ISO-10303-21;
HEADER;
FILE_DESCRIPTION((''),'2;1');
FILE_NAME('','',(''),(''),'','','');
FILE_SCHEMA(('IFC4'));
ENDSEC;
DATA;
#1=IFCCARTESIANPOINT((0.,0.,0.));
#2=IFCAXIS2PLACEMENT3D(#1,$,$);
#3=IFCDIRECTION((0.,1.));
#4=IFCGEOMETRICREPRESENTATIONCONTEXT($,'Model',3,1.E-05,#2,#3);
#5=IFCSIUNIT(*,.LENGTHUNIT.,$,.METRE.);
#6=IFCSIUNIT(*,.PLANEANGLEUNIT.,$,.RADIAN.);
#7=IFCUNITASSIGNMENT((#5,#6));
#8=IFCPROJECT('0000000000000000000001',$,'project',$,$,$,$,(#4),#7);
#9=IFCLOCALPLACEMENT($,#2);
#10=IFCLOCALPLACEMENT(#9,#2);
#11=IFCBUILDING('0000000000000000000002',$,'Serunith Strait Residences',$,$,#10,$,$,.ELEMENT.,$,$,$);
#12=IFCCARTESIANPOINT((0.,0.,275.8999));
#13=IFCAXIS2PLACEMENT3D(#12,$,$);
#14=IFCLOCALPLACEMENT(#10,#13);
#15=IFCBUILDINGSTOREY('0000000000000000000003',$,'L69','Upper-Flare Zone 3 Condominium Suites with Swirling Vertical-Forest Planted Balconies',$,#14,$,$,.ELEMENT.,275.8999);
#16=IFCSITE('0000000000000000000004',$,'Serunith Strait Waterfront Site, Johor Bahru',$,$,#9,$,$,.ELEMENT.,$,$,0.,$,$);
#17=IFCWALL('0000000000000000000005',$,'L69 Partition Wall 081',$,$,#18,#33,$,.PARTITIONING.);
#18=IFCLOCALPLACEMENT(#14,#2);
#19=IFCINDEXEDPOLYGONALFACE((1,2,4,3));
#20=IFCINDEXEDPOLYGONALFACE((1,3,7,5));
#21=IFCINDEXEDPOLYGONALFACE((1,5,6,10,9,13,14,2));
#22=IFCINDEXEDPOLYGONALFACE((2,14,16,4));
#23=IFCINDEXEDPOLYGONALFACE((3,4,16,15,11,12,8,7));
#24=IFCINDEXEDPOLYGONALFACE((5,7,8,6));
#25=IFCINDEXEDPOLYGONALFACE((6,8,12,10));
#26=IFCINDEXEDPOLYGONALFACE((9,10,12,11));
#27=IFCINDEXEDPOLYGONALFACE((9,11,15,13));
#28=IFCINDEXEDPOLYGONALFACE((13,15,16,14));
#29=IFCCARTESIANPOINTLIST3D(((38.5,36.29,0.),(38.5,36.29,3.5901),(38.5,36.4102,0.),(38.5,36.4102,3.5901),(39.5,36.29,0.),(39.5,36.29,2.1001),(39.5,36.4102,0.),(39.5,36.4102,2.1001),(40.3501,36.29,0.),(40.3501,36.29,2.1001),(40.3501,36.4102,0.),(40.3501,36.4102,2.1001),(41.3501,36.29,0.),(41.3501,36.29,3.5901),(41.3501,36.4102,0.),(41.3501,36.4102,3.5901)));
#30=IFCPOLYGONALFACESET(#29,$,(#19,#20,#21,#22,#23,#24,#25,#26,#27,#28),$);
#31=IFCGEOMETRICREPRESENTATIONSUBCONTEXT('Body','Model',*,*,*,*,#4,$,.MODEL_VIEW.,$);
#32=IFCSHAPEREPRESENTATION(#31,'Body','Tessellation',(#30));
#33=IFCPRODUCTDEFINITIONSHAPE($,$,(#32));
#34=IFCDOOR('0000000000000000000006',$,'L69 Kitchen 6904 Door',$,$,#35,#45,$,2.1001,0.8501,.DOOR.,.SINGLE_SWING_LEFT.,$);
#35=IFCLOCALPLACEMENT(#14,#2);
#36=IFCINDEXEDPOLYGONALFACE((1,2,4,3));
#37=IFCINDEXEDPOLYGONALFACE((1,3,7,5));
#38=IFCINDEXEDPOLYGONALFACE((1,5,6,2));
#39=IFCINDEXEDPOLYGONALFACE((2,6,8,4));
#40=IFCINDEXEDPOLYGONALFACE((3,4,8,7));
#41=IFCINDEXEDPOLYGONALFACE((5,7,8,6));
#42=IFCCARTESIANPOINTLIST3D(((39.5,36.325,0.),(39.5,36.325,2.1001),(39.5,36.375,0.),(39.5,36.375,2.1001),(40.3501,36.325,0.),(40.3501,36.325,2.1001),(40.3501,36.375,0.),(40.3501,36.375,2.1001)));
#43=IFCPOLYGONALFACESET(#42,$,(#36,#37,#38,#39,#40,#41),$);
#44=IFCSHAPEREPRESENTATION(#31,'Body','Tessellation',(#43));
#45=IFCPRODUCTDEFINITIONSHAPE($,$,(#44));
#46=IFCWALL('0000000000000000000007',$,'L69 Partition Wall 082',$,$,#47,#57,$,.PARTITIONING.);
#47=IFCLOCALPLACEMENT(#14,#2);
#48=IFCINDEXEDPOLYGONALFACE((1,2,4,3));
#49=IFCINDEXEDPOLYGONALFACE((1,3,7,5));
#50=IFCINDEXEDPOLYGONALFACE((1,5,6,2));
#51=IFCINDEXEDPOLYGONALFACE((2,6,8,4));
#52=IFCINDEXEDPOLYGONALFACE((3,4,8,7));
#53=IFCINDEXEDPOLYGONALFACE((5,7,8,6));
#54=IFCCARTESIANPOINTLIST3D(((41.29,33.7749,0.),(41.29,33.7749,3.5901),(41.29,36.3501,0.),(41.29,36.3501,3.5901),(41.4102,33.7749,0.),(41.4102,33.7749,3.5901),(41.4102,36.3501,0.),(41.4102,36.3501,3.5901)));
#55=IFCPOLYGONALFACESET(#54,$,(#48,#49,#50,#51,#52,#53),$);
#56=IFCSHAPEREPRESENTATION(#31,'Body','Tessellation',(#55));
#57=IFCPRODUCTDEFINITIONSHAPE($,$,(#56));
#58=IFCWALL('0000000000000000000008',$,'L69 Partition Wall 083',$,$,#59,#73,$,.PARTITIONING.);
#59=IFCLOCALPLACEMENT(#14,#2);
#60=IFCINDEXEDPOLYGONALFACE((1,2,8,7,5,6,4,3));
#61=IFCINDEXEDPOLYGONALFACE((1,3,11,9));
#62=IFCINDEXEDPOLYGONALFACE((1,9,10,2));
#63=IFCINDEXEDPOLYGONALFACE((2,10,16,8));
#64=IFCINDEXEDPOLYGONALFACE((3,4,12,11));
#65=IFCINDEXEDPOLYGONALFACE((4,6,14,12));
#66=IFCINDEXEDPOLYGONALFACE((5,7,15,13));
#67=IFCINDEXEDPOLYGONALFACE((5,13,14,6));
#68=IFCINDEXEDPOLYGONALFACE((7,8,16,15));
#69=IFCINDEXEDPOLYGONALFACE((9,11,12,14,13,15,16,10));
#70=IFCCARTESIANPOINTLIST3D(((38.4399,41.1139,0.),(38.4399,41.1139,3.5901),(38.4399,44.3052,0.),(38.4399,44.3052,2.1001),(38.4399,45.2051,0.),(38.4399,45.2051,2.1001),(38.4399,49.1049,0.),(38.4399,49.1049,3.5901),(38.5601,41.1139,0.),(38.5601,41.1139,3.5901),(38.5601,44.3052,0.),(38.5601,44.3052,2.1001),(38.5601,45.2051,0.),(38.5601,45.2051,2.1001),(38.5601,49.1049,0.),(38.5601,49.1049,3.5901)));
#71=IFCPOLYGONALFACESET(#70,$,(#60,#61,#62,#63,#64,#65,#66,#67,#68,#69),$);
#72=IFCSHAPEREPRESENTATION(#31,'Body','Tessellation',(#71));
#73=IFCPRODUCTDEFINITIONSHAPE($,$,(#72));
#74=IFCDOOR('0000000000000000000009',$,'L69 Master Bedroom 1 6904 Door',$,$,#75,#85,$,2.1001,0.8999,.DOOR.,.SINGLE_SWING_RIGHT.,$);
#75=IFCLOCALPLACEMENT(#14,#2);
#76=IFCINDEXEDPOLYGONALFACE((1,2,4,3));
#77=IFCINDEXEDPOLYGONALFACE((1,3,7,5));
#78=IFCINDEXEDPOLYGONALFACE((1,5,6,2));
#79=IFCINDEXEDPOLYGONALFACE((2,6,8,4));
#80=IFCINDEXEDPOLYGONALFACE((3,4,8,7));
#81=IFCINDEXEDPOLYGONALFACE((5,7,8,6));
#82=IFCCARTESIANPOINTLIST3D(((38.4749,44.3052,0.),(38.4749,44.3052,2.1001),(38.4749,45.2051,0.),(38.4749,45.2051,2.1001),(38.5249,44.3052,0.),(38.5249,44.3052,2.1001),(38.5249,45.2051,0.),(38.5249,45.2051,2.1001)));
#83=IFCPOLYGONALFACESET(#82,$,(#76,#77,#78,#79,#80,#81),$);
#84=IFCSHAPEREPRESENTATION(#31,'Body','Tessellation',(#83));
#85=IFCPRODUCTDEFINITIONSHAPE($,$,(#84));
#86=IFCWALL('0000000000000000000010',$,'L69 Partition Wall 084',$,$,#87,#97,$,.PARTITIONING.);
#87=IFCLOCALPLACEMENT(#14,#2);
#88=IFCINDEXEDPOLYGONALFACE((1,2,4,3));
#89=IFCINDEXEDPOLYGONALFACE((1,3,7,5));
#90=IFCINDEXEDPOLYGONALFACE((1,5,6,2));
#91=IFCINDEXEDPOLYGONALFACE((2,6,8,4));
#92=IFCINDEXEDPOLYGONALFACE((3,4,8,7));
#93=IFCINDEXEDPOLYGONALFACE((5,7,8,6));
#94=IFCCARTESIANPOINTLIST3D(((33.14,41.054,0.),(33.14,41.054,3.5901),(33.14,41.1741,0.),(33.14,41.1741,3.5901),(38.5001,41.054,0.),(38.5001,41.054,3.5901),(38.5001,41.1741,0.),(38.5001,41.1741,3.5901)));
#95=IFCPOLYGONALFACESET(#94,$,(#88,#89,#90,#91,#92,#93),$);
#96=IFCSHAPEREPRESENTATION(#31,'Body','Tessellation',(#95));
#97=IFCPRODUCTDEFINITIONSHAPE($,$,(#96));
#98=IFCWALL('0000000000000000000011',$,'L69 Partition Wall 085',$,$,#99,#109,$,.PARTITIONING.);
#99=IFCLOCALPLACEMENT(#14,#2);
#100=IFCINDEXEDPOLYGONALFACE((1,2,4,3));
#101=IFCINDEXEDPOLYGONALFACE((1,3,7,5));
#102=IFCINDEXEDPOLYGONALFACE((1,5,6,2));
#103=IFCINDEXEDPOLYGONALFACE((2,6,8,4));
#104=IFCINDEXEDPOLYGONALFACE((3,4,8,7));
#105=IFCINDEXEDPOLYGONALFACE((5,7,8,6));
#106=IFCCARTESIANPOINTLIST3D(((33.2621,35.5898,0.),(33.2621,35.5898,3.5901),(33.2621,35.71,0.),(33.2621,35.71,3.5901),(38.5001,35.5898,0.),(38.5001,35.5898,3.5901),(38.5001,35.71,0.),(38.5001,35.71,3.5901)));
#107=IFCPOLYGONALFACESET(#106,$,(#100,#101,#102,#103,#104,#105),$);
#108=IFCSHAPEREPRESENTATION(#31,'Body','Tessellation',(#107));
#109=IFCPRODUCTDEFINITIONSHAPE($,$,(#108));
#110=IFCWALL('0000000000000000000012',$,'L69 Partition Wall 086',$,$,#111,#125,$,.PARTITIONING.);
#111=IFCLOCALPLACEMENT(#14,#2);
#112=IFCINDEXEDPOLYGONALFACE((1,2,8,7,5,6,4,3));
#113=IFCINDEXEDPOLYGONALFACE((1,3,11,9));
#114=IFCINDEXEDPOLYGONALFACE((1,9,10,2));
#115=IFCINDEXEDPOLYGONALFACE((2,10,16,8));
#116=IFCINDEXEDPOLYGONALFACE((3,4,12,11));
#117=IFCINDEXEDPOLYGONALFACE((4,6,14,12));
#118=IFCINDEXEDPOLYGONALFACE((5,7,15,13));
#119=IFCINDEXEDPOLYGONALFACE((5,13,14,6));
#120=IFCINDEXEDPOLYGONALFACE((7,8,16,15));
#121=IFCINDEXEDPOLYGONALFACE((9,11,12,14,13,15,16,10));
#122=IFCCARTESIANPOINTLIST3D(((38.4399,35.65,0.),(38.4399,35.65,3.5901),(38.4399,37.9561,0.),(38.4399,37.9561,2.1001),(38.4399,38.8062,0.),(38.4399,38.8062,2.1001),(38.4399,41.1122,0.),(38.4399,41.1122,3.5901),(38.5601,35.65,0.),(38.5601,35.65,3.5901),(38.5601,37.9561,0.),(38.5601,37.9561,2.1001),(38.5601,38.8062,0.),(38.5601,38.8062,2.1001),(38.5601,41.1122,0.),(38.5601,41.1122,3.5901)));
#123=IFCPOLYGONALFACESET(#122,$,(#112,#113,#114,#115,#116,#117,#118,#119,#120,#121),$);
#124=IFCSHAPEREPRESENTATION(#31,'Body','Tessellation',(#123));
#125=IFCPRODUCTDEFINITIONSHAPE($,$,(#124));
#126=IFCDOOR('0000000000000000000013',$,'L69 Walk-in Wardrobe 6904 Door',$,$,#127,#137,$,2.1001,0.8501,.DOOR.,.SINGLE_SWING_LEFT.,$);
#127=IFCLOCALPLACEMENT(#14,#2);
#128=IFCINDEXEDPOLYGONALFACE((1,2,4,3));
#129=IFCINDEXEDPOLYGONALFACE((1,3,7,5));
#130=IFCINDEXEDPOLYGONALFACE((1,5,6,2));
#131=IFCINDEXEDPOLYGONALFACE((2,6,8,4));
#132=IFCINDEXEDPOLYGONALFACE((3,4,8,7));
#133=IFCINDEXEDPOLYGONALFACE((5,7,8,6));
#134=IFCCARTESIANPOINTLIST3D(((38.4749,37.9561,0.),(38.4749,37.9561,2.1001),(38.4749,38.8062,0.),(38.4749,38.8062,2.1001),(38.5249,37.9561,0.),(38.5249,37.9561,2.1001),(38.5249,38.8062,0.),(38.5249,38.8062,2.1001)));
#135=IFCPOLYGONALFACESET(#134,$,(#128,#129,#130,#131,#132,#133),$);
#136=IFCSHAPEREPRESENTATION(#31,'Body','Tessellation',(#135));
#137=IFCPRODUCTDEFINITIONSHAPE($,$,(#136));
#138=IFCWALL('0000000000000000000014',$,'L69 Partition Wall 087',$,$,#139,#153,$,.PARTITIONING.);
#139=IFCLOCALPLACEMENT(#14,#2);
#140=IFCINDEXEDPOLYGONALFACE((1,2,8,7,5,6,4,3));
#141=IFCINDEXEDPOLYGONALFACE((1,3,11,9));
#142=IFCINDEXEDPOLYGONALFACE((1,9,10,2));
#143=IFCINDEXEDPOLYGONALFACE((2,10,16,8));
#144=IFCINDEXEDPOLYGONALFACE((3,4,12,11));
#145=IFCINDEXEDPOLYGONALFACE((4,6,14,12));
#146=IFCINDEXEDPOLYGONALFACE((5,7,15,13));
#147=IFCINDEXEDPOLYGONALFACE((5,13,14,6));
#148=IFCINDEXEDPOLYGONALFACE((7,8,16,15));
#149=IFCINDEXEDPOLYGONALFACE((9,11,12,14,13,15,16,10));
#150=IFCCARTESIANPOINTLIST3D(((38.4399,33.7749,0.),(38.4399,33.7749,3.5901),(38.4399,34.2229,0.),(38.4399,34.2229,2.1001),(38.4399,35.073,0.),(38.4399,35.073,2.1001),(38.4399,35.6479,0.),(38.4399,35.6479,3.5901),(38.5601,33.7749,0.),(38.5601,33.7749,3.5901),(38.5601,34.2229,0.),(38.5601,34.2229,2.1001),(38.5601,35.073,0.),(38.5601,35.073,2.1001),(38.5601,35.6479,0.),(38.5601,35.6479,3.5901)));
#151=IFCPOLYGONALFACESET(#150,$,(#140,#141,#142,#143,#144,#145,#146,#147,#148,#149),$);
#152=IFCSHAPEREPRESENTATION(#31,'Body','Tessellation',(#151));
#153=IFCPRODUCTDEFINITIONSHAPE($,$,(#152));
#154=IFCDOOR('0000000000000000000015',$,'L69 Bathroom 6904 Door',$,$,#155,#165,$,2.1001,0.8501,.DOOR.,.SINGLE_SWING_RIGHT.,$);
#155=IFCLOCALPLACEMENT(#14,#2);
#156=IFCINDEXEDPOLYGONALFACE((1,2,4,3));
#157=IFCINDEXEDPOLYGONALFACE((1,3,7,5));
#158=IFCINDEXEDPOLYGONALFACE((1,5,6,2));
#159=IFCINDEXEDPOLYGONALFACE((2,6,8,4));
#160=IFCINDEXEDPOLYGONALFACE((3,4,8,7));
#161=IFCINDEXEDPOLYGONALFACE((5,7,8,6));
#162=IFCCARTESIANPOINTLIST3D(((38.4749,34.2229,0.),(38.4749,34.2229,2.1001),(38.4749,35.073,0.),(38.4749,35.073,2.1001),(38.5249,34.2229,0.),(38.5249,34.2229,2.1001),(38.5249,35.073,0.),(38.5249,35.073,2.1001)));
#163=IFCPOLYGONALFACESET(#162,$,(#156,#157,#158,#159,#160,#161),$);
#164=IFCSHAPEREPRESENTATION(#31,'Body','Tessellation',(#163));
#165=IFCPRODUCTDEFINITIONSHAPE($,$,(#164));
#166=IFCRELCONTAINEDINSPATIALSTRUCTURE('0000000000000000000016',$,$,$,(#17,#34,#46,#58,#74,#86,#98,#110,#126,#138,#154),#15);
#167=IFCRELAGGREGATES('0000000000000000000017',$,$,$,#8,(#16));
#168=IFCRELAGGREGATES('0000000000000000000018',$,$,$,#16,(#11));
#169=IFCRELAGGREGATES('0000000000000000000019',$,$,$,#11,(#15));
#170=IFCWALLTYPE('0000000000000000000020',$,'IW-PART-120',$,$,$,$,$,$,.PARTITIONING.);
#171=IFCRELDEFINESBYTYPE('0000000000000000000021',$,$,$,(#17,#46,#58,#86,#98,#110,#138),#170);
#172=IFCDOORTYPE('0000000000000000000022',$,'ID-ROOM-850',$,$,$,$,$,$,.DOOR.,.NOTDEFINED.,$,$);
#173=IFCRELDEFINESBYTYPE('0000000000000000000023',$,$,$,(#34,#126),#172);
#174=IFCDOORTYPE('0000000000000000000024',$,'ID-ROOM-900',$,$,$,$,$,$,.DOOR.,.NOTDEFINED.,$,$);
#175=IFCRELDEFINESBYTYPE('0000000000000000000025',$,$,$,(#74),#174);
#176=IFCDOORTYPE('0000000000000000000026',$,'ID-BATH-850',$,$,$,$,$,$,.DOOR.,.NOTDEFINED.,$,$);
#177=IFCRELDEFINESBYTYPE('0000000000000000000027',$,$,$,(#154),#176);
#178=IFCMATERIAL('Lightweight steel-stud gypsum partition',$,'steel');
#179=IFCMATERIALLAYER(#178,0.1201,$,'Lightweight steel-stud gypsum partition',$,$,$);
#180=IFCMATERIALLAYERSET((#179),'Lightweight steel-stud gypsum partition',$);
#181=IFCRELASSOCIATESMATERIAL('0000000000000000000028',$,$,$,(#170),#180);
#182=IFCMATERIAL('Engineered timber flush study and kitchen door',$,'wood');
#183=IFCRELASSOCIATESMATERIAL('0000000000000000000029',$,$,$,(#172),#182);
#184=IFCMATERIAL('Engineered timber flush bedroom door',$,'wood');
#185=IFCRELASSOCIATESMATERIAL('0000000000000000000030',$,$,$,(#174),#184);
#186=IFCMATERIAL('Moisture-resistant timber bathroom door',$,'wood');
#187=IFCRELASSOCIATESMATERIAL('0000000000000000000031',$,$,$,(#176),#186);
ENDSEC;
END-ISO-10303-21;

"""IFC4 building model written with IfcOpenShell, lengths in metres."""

from ifc_helpers import new_model, si_unit, direction, frame, frame_2d, origin, place, context, subcontext, project, spatial, rectangle, extrude, source, transform, mapped, material, layer, layer_set, type_object, element, fill, save


model = new_model("IFC4")

# Units and contexts
model_context = context("Model", 3, precision=1e-05, world=origin(), true_north=direction((0.0, 1.0)))
body_context = subcontext(model_context, "Body", "Model", "MODEL_VIEW")
ifc_project = project(units=[si_unit("LENGTHUNIT", "METRE"), si_unit("PLANEANGLEUNIT", "RADIAN")], contexts=[model_context])

# Site, building, storey
site_placement = place(None, origin())
site = spatial("IfcSite", under=ifc_project, at=site_placement, Name="Serunith Strait Waterfront Site, Johor Bahru", CompositionType="ELEMENT", RefElevation=0.0)
building_placement = place(site_placement, origin())
building = spatial("IfcBuilding", under=site, at=building_placement, Name="Serunith Strait Residences", CompositionType="ELEMENT")
storey_placement = place(building_placement, frame((0.0, 0.0, 275.8999)))
storey = spatial("IfcBuildingStorey", under=building, at=storey_placement, Name="L69", Description="Upper-Flare Zone 3 Condominium Suites with Swirling Vertical-Forest Planted Balconies", CompositionType="ELEMENT", Elevation=275.8999)

# Wall, opening, door
ifc_material_1 = material(Name="Lightweight steel-stud gypsum partition", Category="steel")
ifc_layer_1 = layer(ifc_material_1, 0.1201, Name="Lightweight steel-stud gypsum partition")
ifc_layer_set_1 = layer_set([ifc_layer_1], Name="Lightweight steel-stud gypsum partition")
wall_type_1 = type_object("IfcWallType", Name="IW-PART-120", PredefinedType="PARTITIONING", material=ifc_layer_set_1)
wall_1_placement = place(storey_placement, frame((38.5, 36.3501, 0.0), z_axis=(0.0, 0.0, 1.0), x_axis=(1.0, 0.0, 0.0)))
wall_1 = element("IfcWall", 1, at=wall_1_placement, inside=storey, type_object=wall_type_1, Name="L69 Partition Wall 081", PredefinedType="PARTITIONING", context=body_context, shape_type="SweptSolid", body=[
    extrude(rectangle(XDim=2.8501, YDim=0.1201, at=frame_2d((1.425, 0.0))), origin(), (0.0, 0.0, 1.0), 3.5901),
])
opening_1_placement = place(wall_1_placement, frame((1.0, 0.0, 0.0)))
opening_1 = element("IfcOpeningElement", 2, at=opening_1_placement, cuts=wall_1, PredefinedType="OPENING", context=body_context, shape_type="SweptSolid", body=[
    extrude(rectangle(XDim=0.8501, YDim=2.1001, at=frame_2d((0.425, 1.05))), frame((0.0, 0.0701, 0.0), z_axis=(0.0, -1.0, 0.0), x_axis=(1.0, 0.0, 0.0)), (0.0, 0.0, 1.0), 0.1401),
])
ifc_material_2 = material(Name="Engineered timber flush study and kitchen door", Category="wood")
door_type_1 = type_object("IfcDoorType", Name="ID-ROOM-850", OperationType="NOTDEFINED", PredefinedType="DOOR", material=ifc_material_2)
shared_shape_1 = source(origin(), body_context, "Body", "SweptSolid", [
    extrude(rectangle(XDim=0.8501, YDim=2.1001, at=frame_2d((0.425, 1.05))), frame((0.0, 0.0249, 0.0), z_axis=(0.0, -1.0, 0.0), x_axis=(1.0, 0.0, 0.0)), (0.0, 0.0, 1.0), 0.05),
])
door_1_placement = place(opening_1_placement, origin())
door_1 = element("IfcDoor", 3, at=door_1_placement, inside=storey, type_object=door_type_1, Name="L69 Kitchen 6904 Door", OperationType="SINGLE_SWING_LEFT", OverallHeight=2.1001, OverallWidth=0.8501, PredefinedType="DOOR", context=body_context, shape_type="MappedRepresentation", body=[
    mapped(shared_shape_1, transform((0.0, 0.0, 0.0), scale=1.0)),
])
fill(opening_1, door_1)

# Wall
wall_2_placement = place(storey_placement, frame((41.3501, 36.3501, 0.0), z_axis=(0.0, 0.0, 1.0), x_axis=(0.0, -1.0, 0.0)))
element("IfcWall", 4, at=wall_2_placement, inside=storey, type_object=wall_type_1, Name="L69 Partition Wall 082", PredefinedType="PARTITIONING", context=body_context, shape_type="SweptSolid", body=[
    extrude(rectangle(XDim=2.5752, YDim=0.1201, at=frame_2d((1.2876, 0.0))), origin(), (0.0, 0.0, 1.0), 3.5901),
])

# Wall, opening, door
wall_3_placement = place(storey_placement, frame((38.5, 49.105, 0.0), z_axis=(0.0, 0.0, 1.0), x_axis=(0.0, -1.0, 0.0)))
wall_3 = element("IfcWall", 5, at=wall_3_placement, inside=storey, type_object=wall_type_1, Name="L69 Partition Wall 083", PredefinedType="PARTITIONING", context=body_context, shape_type="SweptSolid", body=[
    extrude(rectangle(XDim=7.991, YDim=0.1201, at=frame_2d((3.9956, 0.0))), origin(), (0.0, 0.0, 1.0), 3.5901),
])
opening_2_placement = place(wall_3_placement, frame((3.8999, 0.0, 0.0)))
opening_2 = element("IfcOpeningElement", 6, at=opening_2_placement, cuts=wall_3, PredefinedType="OPENING", context=body_context, shape_type="SweptSolid", body=[
    extrude(rectangle(XDim=0.8999, YDim=2.1001, at=frame_2d((0.45, 1.05))), frame((0.0, 0.0701, 0.0), z_axis=(0.0, -1.0, 0.0), x_axis=(1.0, 0.0, 0.0)), (0.0, 0.0, 1.0), 0.1401),
])
ifc_material_3 = material(Name="Engineered timber flush bedroom door", Category="wood")
door_type_2 = type_object("IfcDoorType", Name="ID-ROOM-900", OperationType="NOTDEFINED", PredefinedType="DOOR", material=ifc_material_3)
shared_shape_2 = source(origin(), body_context, "Body", "SweptSolid", [
    extrude(rectangle(XDim=0.8999, YDim=2.1001, at=frame_2d((0.45, 1.05))), frame((0.0, 0.0249, 0.0), z_axis=(0.0, -1.0, 0.0), x_axis=(1.0, 0.0, 0.0)), (0.0, 0.0, 1.0), 0.05),
])
door_2_placement = place(opening_2_placement, origin())
door_2 = element("IfcDoor", 7, at=door_2_placement, inside=storey, type_object=door_type_2, Name="L69 Master Bedroom 1 6904 Door", OperationType="SINGLE_SWING_RIGHT", OverallHeight=2.1001, OverallWidth=0.8999, PredefinedType="DOOR", context=body_context, shape_type="MappedRepresentation", body=[
    mapped(shared_shape_2, transform((0.0, 0.0, 0.0), scale=1.0)),
])
fill(opening_2, door_2)

# Walls
wall_4_placement = place(storey_placement, frame((33.1399, 41.114, 0.0), z_axis=(0.0, 0.0, 1.0), x_axis=(1.0, 0.0, 0.0)))
element("IfcWall", 8, at=wall_4_placement, inside=storey, type_object=wall_type_1, Name="L69 Partition Wall 084", PredefinedType="PARTITIONING", context=body_context, shape_type="SweptSolid", body=[
    extrude(rectangle(XDim=5.3601, YDim=0.1201, at=frame_2d((2.6802, 0.0))), origin(), (0.0, 0.0, 1.0), 3.5901),
])
wall_5_placement = place(storey_placement, frame((33.262, 35.6499, 0.0), z_axis=(0.0, 0.0, 1.0), x_axis=(1.0, 0.0, 0.0)))
element("IfcWall", 9, at=wall_5_placement, inside=storey, type_object=wall_type_1, Name="L69 Partition Wall 085", PredefinedType="PARTITIONING", context=body_context, shape_type="SweptSolid", body=[
    extrude(rectangle(XDim=5.238, YDim=0.1201, at=frame_2d((2.6191, 0.0))), origin(), (0.0, 0.0, 1.0), 3.5901),
])

# Walls, openings, doors
wall_6_placement = place(storey_placement, frame((38.5, 41.1121, 0.0), z_axis=(0.0, 0.0, 1.0), x_axis=(0.0, -1.0, 0.0)))
wall_6 = element("IfcWall", 10, at=wall_6_placement, inside=storey, type_object=wall_type_1, Name="L69 Partition Wall 086", PredefinedType="PARTITIONING", context=body_context, shape_type="SweptSolid", body=[
    extrude(rectangle(XDim=5.4622, YDim=0.1201, at=frame_2d((2.731, 0.0))), origin(), (0.0, 0.0, 1.0), 3.5901),
])
opening_3_placement = place(wall_6_placement, frame((2.3059, 0.0, 0.0)))
opening_3 = element("IfcOpeningElement", 11, at=opening_3_placement, cuts=wall_6, PredefinedType="OPENING", context=body_context, shape_type="SweptSolid", body=[
    extrude(rectangle(XDim=0.8501, YDim=2.1001, at=frame_2d((0.425, 1.05))), frame((0.0, 0.0701, 0.0), z_axis=(0.0, -1.0, 0.0), x_axis=(1.0, 0.0, 0.0)), (0.0, 0.0, 1.0), 0.1401),
])
door_3_placement = place(opening_3_placement, origin())
door_3 = element("IfcDoor", 12, at=door_3_placement, inside=storey, type_object=door_type_1, Name="L69 Walk-in Wardrobe 6904 Door", OperationType="SINGLE_SWING_LEFT", OverallHeight=2.1001, OverallWidth=0.8501, PredefinedType="DOOR", context=body_context, shape_type="MappedRepresentation", body=[
    mapped(shared_shape_1, transform((0.0, 0.0, 0.0), scale=1.0)),
])
fill(opening_3, door_3)
wall_7_placement = place(storey_placement, frame((38.5, 35.6479, 0.0), z_axis=(0.0, 0.0, 1.0), x_axis=(0.0, -1.0, 0.0)))
wall_7 = element("IfcWall", 13, at=wall_7_placement, inside=storey, type_object=wall_type_1, Name="L69 Partition Wall 087", PredefinedType="PARTITIONING", context=body_context, shape_type="SweptSolid", body=[
    extrude(rectangle(XDim=1.873, YDim=0.1201, at=frame_2d((0.9365, 0.0))), origin(), (0.0, 0.0, 1.0), 3.5901),
])
opening_4_placement = place(wall_7_placement, frame((0.575, 0.0, 0.0)))
opening_4 = element("IfcOpeningElement", 14, at=opening_4_placement, cuts=wall_7, PredefinedType="OPENING", context=body_context, shape_type="SweptSolid", body=[
    extrude(rectangle(XDim=0.8501, YDim=2.1001, at=frame_2d((0.425, 1.05))), frame((0.0, 0.0701, 0.0), z_axis=(0.0, -1.0, 0.0), x_axis=(1.0, 0.0, 0.0)), (0.0, 0.0, 1.0), 0.1401),
])
ifc_material_4 = material(Name="Moisture-resistant timber bathroom door", Category="wood")
door_type_3 = type_object("IfcDoorType", Name="ID-BATH-850", OperationType="NOTDEFINED", PredefinedType="DOOR", material=ifc_material_4)
door_4_placement = place(opening_4_placement, origin())
door_4 = element("IfcDoor", 15, at=door_4_placement, inside=storey, type_object=door_type_3, Name="L69 Bathroom 6904 Door", OperationType="SINGLE_SWING_RIGHT", OverallHeight=2.1001, OverallWidth=0.8501, PredefinedType="DOOR", context=body_context, shape_type="MappedRepresentation", body=[
    mapped(shared_shape_1, transform((0.0, 0.0, 0.0), scale=1.0)),
])
fill(opening_4, door_4)

save(model, "model.ifc")
